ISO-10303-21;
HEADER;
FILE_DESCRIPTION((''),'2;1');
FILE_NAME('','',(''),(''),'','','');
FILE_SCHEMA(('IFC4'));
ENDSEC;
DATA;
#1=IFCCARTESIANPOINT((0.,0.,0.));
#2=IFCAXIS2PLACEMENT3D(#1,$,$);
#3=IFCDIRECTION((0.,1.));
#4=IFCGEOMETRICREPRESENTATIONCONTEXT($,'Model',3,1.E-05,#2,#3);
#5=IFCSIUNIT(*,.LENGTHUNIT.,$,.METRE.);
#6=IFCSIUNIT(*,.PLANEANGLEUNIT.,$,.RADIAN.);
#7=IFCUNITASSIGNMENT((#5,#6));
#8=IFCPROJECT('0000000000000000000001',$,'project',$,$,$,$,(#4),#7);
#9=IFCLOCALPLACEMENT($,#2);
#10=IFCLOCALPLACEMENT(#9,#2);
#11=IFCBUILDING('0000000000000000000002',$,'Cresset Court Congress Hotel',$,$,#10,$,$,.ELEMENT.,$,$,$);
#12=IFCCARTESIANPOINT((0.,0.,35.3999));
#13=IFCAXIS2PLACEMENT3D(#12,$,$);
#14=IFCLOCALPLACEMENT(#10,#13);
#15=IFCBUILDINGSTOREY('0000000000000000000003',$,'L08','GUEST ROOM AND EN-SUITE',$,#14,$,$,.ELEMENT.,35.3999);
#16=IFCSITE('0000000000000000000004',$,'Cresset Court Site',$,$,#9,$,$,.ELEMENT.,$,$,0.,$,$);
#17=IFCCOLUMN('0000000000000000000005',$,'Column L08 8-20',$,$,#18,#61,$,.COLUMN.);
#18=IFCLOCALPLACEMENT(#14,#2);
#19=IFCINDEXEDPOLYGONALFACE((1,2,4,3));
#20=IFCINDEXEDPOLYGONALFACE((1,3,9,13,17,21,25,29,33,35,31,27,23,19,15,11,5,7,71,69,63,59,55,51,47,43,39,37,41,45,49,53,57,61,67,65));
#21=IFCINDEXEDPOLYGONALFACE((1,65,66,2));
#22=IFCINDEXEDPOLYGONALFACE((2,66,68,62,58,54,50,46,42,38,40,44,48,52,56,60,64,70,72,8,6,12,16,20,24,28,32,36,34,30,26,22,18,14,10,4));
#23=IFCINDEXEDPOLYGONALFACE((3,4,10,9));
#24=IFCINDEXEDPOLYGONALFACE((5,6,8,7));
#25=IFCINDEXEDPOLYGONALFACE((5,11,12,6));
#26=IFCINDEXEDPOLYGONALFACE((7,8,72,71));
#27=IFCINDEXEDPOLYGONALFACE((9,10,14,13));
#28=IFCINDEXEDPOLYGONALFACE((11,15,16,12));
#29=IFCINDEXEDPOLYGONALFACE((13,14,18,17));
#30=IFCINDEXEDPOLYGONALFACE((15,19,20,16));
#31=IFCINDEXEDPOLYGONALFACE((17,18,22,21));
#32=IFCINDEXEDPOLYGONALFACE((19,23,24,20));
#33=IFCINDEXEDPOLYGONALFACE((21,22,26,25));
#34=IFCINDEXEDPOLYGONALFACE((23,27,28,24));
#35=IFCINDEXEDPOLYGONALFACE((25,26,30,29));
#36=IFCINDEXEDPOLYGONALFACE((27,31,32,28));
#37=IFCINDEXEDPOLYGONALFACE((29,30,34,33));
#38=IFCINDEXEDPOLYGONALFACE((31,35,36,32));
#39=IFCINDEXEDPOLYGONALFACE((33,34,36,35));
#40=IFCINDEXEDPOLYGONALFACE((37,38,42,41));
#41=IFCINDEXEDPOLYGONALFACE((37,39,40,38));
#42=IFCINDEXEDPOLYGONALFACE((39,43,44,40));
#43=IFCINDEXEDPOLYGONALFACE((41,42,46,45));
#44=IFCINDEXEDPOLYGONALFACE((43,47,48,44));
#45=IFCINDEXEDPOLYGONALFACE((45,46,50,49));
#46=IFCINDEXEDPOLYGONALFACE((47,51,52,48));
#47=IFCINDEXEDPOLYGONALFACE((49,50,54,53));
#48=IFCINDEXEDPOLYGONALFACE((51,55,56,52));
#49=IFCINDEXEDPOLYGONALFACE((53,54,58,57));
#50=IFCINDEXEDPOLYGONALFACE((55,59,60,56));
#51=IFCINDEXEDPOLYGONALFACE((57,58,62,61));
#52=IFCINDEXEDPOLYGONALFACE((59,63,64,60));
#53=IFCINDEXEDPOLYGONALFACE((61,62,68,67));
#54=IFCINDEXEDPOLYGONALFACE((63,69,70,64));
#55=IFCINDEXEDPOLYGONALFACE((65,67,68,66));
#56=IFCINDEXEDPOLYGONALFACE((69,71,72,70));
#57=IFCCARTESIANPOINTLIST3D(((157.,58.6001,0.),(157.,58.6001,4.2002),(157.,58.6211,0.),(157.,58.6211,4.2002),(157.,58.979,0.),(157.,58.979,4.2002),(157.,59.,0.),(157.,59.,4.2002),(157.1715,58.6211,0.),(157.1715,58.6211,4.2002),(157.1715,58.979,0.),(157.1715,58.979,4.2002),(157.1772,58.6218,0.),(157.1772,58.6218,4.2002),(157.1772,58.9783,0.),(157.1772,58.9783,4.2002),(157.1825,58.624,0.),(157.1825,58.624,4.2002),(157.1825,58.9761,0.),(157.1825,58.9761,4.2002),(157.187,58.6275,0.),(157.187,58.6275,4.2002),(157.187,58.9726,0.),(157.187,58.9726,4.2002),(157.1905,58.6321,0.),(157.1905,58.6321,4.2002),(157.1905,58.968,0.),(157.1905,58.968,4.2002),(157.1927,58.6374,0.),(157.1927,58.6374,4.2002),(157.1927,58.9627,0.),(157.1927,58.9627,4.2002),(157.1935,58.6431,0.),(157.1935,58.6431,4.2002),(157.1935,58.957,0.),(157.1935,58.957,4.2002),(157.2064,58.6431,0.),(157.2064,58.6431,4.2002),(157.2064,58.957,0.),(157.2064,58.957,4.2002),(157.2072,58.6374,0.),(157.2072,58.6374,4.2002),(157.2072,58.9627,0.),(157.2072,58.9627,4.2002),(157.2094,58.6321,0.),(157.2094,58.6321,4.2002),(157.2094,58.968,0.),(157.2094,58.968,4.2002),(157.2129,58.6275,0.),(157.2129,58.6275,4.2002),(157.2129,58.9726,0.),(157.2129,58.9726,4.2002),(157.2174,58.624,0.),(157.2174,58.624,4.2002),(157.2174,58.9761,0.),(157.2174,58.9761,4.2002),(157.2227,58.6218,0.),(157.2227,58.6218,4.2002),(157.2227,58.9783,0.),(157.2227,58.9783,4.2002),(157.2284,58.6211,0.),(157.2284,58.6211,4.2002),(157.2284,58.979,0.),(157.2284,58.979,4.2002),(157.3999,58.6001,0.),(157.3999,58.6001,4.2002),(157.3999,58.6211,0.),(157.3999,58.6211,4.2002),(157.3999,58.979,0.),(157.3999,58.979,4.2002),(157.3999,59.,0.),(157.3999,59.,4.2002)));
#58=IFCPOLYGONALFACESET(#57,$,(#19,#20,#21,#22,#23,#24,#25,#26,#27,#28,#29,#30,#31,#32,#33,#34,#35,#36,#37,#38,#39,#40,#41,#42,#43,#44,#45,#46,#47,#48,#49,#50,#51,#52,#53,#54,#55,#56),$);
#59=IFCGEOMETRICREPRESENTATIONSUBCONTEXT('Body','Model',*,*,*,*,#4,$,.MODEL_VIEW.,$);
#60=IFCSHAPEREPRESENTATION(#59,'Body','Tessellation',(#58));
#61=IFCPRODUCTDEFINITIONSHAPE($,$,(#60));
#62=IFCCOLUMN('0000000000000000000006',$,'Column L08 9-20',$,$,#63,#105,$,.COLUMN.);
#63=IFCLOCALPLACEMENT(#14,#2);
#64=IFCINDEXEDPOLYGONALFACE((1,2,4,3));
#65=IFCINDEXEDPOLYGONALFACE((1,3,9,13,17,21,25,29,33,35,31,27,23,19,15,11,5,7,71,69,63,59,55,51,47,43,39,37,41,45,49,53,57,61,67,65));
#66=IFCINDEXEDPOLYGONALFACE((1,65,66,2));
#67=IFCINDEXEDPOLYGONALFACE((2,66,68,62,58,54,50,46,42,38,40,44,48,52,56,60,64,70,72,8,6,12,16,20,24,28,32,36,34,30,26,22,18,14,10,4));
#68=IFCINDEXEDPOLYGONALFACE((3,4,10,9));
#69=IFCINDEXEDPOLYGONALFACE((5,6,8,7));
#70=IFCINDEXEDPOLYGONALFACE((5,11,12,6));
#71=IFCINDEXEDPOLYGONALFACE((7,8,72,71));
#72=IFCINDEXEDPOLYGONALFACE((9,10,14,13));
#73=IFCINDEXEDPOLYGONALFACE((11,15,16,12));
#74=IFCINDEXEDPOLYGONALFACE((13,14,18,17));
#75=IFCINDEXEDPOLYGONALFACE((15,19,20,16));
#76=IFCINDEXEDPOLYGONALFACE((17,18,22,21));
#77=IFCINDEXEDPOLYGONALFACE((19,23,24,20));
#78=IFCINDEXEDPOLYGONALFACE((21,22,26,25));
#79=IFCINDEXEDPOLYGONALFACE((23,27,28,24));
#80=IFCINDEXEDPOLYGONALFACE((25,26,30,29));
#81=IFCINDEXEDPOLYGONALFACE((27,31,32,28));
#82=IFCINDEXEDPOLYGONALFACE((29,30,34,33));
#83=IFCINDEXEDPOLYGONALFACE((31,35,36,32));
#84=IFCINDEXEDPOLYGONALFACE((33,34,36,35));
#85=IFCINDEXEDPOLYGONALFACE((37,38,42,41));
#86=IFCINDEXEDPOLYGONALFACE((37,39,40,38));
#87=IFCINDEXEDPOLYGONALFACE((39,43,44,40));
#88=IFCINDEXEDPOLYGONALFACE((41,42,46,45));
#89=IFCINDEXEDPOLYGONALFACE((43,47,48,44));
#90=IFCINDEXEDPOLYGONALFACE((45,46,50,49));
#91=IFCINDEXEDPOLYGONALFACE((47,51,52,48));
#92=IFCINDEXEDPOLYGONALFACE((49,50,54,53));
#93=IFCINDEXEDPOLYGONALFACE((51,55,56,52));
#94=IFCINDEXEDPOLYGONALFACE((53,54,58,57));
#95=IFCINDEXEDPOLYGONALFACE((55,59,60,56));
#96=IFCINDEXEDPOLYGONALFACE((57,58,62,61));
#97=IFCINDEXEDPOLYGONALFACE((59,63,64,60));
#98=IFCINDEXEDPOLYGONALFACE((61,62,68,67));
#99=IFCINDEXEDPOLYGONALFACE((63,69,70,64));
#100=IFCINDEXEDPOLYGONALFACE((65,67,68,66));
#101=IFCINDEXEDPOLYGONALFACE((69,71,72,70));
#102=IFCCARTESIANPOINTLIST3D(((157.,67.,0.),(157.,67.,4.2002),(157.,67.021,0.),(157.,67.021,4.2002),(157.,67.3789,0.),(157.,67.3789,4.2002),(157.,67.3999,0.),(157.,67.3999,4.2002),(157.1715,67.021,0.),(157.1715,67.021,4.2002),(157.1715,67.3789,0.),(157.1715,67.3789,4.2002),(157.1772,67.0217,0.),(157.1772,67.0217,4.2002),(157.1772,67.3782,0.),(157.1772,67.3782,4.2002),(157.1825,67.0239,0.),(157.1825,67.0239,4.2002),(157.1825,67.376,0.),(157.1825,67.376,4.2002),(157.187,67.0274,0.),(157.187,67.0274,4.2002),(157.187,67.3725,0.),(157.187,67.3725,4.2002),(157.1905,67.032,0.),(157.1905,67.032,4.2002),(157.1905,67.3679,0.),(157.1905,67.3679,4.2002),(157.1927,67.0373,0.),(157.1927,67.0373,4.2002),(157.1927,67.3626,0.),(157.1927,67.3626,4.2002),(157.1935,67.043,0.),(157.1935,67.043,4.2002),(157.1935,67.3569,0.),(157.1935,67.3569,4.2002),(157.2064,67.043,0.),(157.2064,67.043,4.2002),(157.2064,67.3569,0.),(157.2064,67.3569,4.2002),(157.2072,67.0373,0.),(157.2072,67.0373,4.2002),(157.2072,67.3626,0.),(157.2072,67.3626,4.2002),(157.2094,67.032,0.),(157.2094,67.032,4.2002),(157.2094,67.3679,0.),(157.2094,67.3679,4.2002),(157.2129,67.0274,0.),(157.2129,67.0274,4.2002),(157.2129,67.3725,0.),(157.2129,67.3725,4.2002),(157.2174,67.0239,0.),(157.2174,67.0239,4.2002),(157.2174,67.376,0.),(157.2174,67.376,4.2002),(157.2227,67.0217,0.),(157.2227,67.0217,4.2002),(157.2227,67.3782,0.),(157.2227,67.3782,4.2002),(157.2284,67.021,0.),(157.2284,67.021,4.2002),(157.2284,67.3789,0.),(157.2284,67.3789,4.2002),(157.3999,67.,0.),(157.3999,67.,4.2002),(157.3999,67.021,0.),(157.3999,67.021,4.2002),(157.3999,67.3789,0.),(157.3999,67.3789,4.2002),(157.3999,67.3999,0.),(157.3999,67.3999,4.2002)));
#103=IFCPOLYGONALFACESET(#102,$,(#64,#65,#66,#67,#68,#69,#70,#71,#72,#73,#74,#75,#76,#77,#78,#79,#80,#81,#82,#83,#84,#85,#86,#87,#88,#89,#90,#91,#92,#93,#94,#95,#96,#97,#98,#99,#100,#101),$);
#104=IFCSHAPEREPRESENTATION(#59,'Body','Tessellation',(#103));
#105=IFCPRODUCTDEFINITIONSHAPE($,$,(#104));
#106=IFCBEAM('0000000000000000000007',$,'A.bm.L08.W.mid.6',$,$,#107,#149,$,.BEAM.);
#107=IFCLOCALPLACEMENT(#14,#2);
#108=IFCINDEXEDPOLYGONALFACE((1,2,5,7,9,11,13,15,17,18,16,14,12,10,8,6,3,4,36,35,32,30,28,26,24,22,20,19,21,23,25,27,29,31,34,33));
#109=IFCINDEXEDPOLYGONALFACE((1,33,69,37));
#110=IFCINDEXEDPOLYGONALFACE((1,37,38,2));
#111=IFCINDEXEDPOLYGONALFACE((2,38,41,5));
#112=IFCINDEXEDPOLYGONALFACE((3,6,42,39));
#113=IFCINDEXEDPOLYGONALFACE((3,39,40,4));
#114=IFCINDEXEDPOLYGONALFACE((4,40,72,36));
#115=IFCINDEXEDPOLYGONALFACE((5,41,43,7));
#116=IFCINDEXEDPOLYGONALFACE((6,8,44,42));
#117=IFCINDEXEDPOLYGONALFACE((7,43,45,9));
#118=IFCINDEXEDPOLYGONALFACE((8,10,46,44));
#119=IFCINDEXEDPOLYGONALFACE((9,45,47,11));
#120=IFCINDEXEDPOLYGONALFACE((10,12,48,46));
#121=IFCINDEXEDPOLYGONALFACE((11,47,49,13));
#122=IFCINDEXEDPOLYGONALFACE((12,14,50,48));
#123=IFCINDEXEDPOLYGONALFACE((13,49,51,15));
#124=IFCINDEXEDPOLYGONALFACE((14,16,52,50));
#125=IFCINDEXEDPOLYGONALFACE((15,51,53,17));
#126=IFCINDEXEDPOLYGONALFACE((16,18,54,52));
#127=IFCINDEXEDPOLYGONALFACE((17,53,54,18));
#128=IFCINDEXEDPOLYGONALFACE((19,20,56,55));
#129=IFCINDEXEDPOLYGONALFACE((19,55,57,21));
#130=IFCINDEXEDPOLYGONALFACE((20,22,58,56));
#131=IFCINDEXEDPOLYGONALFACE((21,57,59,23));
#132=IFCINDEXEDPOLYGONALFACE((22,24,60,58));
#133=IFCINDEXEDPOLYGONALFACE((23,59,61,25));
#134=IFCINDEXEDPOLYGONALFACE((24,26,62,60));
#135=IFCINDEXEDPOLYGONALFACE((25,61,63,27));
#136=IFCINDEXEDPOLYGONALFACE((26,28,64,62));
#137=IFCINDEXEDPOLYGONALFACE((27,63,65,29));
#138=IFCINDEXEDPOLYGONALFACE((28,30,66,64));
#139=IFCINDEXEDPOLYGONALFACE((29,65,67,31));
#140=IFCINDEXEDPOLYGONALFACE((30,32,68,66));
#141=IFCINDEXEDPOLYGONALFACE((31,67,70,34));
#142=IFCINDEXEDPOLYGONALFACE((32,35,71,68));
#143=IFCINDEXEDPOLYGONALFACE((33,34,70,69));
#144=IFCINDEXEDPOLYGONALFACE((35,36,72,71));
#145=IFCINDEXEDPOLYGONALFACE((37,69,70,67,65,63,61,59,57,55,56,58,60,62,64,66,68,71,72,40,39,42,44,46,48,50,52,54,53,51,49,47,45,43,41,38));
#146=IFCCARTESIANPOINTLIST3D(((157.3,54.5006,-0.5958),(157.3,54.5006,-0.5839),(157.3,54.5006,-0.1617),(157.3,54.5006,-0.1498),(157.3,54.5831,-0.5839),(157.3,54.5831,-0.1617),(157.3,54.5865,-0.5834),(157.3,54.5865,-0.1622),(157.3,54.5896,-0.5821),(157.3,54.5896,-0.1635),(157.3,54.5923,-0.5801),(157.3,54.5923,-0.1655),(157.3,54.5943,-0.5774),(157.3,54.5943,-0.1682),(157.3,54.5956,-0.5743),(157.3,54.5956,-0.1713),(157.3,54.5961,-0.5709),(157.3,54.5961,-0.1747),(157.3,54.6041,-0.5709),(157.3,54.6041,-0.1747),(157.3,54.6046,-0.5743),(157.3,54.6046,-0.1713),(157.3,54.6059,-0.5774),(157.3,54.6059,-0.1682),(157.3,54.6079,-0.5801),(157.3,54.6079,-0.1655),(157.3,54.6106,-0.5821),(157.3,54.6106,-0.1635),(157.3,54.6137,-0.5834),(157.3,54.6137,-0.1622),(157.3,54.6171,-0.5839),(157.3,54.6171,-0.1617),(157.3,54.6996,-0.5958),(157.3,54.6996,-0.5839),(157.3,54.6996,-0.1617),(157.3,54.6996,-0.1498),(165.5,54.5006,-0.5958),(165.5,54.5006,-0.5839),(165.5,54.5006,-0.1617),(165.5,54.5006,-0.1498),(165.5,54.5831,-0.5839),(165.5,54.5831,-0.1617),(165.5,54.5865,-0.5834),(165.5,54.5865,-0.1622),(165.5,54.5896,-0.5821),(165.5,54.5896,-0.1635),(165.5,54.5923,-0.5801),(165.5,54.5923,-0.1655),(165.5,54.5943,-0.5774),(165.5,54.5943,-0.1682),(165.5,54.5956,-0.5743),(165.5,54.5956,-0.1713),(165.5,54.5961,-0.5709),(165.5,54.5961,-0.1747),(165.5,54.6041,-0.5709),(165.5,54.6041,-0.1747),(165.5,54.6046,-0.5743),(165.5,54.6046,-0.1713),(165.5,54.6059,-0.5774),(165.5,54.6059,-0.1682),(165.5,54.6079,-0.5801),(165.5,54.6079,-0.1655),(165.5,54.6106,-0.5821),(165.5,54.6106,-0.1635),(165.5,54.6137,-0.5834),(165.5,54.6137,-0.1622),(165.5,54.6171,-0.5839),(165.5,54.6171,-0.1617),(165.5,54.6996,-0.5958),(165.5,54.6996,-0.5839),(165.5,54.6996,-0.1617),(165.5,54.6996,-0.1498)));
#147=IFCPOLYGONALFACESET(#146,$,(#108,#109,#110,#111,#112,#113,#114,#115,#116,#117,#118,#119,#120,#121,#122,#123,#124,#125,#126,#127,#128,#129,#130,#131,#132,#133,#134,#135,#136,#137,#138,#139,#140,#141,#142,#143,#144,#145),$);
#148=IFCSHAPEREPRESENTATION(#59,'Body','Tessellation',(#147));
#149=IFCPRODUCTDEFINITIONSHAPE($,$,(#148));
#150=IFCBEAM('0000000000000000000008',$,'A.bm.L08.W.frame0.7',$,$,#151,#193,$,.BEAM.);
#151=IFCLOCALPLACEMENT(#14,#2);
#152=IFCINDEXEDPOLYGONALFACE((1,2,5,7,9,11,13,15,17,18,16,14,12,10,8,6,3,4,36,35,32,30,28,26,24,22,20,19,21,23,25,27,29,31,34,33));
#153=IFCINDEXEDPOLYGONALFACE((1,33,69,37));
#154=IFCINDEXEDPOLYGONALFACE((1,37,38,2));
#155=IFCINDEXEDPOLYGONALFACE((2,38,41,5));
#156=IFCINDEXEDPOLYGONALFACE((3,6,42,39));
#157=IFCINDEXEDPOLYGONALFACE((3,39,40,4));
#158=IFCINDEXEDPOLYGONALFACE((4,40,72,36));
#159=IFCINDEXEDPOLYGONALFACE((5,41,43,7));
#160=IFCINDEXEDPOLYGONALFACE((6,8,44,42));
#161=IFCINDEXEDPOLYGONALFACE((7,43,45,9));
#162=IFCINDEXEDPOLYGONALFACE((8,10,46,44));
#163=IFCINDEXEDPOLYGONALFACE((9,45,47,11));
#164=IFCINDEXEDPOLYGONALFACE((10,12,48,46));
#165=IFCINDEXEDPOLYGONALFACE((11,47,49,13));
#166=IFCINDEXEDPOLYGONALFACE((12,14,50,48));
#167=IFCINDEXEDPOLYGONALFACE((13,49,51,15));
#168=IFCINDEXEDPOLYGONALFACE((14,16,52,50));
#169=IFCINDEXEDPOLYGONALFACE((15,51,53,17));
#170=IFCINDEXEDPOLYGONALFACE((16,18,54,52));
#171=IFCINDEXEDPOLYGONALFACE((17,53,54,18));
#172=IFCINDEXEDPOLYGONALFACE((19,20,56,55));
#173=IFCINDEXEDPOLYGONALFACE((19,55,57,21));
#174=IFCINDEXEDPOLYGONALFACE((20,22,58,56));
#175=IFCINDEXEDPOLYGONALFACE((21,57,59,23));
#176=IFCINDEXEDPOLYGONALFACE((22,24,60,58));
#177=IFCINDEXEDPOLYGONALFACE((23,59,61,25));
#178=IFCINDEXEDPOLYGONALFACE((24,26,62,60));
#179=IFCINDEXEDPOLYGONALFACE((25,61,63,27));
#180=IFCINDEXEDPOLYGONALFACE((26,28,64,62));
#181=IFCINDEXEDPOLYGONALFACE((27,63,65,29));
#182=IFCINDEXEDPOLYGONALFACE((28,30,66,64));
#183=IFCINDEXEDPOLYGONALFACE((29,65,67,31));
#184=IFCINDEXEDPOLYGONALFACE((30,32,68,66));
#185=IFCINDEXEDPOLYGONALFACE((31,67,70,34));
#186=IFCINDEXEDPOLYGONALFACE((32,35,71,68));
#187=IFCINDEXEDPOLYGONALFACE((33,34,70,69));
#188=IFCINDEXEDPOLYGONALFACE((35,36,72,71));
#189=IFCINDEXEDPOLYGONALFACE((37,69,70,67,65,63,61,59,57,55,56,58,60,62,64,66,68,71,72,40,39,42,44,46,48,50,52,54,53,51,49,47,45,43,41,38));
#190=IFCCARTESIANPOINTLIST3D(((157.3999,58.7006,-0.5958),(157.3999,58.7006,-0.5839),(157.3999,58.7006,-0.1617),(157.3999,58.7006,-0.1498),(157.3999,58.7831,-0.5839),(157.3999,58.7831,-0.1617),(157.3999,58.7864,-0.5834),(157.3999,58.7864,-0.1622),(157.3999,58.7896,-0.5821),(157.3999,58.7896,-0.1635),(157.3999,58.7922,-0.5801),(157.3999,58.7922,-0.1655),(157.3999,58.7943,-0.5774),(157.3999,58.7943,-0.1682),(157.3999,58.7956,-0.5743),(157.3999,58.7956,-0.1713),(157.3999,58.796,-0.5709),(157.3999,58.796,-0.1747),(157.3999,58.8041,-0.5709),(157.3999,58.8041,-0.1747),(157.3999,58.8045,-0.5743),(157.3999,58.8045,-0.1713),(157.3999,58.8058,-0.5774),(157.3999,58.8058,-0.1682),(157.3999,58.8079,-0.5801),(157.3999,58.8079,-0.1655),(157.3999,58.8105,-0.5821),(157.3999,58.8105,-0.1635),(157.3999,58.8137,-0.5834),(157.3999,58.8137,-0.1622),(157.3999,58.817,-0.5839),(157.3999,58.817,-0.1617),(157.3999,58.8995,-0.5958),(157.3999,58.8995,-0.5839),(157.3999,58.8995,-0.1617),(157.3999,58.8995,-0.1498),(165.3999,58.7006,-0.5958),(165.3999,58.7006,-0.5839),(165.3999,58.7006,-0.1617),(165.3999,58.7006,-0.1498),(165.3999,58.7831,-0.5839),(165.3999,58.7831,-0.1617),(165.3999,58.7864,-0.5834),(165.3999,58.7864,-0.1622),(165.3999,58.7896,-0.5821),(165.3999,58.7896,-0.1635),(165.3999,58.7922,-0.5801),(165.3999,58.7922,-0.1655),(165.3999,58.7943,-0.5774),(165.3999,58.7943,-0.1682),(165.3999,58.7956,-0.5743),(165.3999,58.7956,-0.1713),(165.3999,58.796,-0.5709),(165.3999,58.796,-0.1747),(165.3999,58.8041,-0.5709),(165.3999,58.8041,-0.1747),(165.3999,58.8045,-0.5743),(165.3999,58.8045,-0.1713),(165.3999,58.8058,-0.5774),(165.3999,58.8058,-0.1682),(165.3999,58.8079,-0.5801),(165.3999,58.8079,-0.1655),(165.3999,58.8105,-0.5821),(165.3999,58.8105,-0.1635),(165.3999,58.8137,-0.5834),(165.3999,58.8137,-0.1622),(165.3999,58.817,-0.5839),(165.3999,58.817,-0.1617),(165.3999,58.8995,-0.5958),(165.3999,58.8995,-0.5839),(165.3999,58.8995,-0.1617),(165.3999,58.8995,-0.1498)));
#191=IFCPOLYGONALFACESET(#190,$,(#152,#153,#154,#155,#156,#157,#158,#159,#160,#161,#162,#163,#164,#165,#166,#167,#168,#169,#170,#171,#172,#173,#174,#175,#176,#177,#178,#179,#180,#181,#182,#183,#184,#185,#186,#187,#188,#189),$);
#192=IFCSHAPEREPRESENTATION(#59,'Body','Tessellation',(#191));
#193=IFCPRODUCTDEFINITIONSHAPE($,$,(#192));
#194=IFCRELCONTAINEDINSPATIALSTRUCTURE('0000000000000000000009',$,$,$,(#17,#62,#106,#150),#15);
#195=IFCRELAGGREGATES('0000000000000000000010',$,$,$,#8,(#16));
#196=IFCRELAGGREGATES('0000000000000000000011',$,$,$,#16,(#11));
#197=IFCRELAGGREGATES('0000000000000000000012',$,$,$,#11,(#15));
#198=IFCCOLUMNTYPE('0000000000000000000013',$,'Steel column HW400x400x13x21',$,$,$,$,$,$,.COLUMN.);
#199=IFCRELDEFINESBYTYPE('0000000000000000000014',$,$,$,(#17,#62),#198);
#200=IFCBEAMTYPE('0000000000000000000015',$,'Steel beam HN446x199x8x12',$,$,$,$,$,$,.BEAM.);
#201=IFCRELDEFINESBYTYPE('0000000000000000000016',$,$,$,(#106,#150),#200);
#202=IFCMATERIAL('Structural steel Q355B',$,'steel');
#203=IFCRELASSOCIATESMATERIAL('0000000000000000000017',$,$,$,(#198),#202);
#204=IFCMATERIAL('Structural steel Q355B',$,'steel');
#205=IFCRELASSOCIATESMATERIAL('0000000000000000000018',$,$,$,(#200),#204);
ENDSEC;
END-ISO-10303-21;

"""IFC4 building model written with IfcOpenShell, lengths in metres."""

from ifc_helpers import new_model, si_unit, direction, frame, origin, origin_2d, place, context, subcontext, project, spatial, i_section, extrude, material, material_profile, profile_set, type_object, element, save


model = new_model("IFC4")

# Units and contexts
model_context = context("Model", 3, precision=1e-05, world=origin(), true_north=direction((0.0, 1.0)))
body_context = subcontext(model_context, "Body", "Model", "MODEL_VIEW")
ifc_project = project(units=[si_unit("LENGTHUNIT", "METRE"), si_unit("PLANEANGLEUNIT", "RADIAN")], contexts=[model_context])

# Site, building, storey
site_placement = place(None, origin())
site = spatial("IfcSite", under=ifc_project, at=site_placement, Name="Cresset Court Site", CompositionType="ELEMENT", RefElevation=0.0)
building_placement = place(site_placement, origin())
building = spatial("IfcBuilding", under=site, at=building_placement, Name="Cresset Court Congress Hotel", CompositionType="ELEMENT")
storey_placement = place(building_placement, frame((0.0, 0.0, 35.3999)))
storey = spatial("IfcBuildingStorey", under=building, at=storey_placement, Name="L08", Description="GUEST ROOM AND EN-SUITE", CompositionType="ELEMENT", Elevation=35.3999)

# Columns
ifc_material_1 = material(Name="Structural steel Q355B", Category="steel")
ifc_material_profile_1 = material_profile(ifc_material_1, i_section(OverallWidth=0.3999, OverallDepth=0.3999, WebThickness=0.0129, FlangeThickness=0.021, FilletRadius=0.022, at=origin_2d()), Name="HW400x400x13x21")
ifc_profile_set_1 = profile_set([ifc_material_profile_1], Name="Structural steel Q355B")
column_type = type_object("IfcColumnType", Name="Steel column HW400x400x13x21", PredefinedType="COLUMN", material=ifc_profile_set_1)
for number, where, z_axis, x_axis, name in (
    (1, (157.2, 58.8, 0.0), (0.0, 0.0, 1.0), (1.0, 0.0, 0.0), "Column L08 8-20"),
    (2, (157.2, 67.2, 0.0), (0.0, 0.0, 1.0), (1.0, 0.0, 0.0), "Column L08 9-20"),
):
    element("IfcColumn", number, at=place(storey_placement, frame(where, z_axis=z_axis, x_axis=x_axis)), inside=storey, type_object=column_type, Name=name, PredefinedType="COLUMN", context=body_context, shape_type="SweptSolid", body=[
        extrude(i_section(OverallWidth=0.3999, OverallDepth=0.3999, WebThickness=0.0129, FlangeThickness=0.021, FilletRadius=0.022, at=origin_2d()), origin(), (0.0, 0.0, 1.0), 4.2002),
    ])

# Beams
ifc_material_2 = material(Name="Structural steel Q355B", Category="steel")
ifc_material_profile_2 = material_profile(ifc_material_2, i_section(OverallWidth=0.199, OverallDepth=0.446, WebThickness=0.0081, FlangeThickness=0.012, FilletRadius=0.0129, at=origin_2d()), Name="HN446x199x8x12")
ifc_profile_set_2 = profile_set([ifc_material_profile_2], Name="Structural steel Q355B")
beam_type_1 = type_object("IfcBeamType", Name="Steel beam HN446x199x8x12", PredefinedType="BEAM", material=ifc_profile_set_2)
beam_1_placement = place(storey_placement, frame((157.3, 54.6001, -0.3728), z_axis=(1.0, 0.0, 0.0), x_axis=(0.0, 1.0, 0.0)))
element("IfcBeam", 3, at=beam_1_placement, inside=storey, type_object=beam_type_1, Name="A.bm.L08.W.mid.6", PredefinedType="BEAM", context=body_context, shape_type="SweptSolid", body=[
    extrude(i_section(OverallWidth=0.199, OverallDepth=0.446, WebThickness=0.0081, FlangeThickness=0.012, FilletRadius=0.0129, at=origin_2d()), origin(), (0.0, 0.0, 1.0), 8.2),
])
beam_2_placement = place(storey_placement, frame((157.3999, 58.8, -0.3728), z_axis=(1.0, 0.0, 0.0), x_axis=(0.0, 1.0, 0.0)))
element("IfcBeam", 4, at=beam_2_placement, inside=storey, type_object=beam_type_1, Name="A.bm.L08.W.frame0.7", PredefinedType="BEAM", context=body_context, shape_type="SweptSolid", body=[
    extrude(i_section(OverallWidth=0.199, OverallDepth=0.446, WebThickness=0.0081, FlangeThickness=0.012, FilletRadius=0.0129, at=origin_2d()), origin(), (0.0, 0.0, 1.0), 8.0),
])

save(model, "model.ifc")
